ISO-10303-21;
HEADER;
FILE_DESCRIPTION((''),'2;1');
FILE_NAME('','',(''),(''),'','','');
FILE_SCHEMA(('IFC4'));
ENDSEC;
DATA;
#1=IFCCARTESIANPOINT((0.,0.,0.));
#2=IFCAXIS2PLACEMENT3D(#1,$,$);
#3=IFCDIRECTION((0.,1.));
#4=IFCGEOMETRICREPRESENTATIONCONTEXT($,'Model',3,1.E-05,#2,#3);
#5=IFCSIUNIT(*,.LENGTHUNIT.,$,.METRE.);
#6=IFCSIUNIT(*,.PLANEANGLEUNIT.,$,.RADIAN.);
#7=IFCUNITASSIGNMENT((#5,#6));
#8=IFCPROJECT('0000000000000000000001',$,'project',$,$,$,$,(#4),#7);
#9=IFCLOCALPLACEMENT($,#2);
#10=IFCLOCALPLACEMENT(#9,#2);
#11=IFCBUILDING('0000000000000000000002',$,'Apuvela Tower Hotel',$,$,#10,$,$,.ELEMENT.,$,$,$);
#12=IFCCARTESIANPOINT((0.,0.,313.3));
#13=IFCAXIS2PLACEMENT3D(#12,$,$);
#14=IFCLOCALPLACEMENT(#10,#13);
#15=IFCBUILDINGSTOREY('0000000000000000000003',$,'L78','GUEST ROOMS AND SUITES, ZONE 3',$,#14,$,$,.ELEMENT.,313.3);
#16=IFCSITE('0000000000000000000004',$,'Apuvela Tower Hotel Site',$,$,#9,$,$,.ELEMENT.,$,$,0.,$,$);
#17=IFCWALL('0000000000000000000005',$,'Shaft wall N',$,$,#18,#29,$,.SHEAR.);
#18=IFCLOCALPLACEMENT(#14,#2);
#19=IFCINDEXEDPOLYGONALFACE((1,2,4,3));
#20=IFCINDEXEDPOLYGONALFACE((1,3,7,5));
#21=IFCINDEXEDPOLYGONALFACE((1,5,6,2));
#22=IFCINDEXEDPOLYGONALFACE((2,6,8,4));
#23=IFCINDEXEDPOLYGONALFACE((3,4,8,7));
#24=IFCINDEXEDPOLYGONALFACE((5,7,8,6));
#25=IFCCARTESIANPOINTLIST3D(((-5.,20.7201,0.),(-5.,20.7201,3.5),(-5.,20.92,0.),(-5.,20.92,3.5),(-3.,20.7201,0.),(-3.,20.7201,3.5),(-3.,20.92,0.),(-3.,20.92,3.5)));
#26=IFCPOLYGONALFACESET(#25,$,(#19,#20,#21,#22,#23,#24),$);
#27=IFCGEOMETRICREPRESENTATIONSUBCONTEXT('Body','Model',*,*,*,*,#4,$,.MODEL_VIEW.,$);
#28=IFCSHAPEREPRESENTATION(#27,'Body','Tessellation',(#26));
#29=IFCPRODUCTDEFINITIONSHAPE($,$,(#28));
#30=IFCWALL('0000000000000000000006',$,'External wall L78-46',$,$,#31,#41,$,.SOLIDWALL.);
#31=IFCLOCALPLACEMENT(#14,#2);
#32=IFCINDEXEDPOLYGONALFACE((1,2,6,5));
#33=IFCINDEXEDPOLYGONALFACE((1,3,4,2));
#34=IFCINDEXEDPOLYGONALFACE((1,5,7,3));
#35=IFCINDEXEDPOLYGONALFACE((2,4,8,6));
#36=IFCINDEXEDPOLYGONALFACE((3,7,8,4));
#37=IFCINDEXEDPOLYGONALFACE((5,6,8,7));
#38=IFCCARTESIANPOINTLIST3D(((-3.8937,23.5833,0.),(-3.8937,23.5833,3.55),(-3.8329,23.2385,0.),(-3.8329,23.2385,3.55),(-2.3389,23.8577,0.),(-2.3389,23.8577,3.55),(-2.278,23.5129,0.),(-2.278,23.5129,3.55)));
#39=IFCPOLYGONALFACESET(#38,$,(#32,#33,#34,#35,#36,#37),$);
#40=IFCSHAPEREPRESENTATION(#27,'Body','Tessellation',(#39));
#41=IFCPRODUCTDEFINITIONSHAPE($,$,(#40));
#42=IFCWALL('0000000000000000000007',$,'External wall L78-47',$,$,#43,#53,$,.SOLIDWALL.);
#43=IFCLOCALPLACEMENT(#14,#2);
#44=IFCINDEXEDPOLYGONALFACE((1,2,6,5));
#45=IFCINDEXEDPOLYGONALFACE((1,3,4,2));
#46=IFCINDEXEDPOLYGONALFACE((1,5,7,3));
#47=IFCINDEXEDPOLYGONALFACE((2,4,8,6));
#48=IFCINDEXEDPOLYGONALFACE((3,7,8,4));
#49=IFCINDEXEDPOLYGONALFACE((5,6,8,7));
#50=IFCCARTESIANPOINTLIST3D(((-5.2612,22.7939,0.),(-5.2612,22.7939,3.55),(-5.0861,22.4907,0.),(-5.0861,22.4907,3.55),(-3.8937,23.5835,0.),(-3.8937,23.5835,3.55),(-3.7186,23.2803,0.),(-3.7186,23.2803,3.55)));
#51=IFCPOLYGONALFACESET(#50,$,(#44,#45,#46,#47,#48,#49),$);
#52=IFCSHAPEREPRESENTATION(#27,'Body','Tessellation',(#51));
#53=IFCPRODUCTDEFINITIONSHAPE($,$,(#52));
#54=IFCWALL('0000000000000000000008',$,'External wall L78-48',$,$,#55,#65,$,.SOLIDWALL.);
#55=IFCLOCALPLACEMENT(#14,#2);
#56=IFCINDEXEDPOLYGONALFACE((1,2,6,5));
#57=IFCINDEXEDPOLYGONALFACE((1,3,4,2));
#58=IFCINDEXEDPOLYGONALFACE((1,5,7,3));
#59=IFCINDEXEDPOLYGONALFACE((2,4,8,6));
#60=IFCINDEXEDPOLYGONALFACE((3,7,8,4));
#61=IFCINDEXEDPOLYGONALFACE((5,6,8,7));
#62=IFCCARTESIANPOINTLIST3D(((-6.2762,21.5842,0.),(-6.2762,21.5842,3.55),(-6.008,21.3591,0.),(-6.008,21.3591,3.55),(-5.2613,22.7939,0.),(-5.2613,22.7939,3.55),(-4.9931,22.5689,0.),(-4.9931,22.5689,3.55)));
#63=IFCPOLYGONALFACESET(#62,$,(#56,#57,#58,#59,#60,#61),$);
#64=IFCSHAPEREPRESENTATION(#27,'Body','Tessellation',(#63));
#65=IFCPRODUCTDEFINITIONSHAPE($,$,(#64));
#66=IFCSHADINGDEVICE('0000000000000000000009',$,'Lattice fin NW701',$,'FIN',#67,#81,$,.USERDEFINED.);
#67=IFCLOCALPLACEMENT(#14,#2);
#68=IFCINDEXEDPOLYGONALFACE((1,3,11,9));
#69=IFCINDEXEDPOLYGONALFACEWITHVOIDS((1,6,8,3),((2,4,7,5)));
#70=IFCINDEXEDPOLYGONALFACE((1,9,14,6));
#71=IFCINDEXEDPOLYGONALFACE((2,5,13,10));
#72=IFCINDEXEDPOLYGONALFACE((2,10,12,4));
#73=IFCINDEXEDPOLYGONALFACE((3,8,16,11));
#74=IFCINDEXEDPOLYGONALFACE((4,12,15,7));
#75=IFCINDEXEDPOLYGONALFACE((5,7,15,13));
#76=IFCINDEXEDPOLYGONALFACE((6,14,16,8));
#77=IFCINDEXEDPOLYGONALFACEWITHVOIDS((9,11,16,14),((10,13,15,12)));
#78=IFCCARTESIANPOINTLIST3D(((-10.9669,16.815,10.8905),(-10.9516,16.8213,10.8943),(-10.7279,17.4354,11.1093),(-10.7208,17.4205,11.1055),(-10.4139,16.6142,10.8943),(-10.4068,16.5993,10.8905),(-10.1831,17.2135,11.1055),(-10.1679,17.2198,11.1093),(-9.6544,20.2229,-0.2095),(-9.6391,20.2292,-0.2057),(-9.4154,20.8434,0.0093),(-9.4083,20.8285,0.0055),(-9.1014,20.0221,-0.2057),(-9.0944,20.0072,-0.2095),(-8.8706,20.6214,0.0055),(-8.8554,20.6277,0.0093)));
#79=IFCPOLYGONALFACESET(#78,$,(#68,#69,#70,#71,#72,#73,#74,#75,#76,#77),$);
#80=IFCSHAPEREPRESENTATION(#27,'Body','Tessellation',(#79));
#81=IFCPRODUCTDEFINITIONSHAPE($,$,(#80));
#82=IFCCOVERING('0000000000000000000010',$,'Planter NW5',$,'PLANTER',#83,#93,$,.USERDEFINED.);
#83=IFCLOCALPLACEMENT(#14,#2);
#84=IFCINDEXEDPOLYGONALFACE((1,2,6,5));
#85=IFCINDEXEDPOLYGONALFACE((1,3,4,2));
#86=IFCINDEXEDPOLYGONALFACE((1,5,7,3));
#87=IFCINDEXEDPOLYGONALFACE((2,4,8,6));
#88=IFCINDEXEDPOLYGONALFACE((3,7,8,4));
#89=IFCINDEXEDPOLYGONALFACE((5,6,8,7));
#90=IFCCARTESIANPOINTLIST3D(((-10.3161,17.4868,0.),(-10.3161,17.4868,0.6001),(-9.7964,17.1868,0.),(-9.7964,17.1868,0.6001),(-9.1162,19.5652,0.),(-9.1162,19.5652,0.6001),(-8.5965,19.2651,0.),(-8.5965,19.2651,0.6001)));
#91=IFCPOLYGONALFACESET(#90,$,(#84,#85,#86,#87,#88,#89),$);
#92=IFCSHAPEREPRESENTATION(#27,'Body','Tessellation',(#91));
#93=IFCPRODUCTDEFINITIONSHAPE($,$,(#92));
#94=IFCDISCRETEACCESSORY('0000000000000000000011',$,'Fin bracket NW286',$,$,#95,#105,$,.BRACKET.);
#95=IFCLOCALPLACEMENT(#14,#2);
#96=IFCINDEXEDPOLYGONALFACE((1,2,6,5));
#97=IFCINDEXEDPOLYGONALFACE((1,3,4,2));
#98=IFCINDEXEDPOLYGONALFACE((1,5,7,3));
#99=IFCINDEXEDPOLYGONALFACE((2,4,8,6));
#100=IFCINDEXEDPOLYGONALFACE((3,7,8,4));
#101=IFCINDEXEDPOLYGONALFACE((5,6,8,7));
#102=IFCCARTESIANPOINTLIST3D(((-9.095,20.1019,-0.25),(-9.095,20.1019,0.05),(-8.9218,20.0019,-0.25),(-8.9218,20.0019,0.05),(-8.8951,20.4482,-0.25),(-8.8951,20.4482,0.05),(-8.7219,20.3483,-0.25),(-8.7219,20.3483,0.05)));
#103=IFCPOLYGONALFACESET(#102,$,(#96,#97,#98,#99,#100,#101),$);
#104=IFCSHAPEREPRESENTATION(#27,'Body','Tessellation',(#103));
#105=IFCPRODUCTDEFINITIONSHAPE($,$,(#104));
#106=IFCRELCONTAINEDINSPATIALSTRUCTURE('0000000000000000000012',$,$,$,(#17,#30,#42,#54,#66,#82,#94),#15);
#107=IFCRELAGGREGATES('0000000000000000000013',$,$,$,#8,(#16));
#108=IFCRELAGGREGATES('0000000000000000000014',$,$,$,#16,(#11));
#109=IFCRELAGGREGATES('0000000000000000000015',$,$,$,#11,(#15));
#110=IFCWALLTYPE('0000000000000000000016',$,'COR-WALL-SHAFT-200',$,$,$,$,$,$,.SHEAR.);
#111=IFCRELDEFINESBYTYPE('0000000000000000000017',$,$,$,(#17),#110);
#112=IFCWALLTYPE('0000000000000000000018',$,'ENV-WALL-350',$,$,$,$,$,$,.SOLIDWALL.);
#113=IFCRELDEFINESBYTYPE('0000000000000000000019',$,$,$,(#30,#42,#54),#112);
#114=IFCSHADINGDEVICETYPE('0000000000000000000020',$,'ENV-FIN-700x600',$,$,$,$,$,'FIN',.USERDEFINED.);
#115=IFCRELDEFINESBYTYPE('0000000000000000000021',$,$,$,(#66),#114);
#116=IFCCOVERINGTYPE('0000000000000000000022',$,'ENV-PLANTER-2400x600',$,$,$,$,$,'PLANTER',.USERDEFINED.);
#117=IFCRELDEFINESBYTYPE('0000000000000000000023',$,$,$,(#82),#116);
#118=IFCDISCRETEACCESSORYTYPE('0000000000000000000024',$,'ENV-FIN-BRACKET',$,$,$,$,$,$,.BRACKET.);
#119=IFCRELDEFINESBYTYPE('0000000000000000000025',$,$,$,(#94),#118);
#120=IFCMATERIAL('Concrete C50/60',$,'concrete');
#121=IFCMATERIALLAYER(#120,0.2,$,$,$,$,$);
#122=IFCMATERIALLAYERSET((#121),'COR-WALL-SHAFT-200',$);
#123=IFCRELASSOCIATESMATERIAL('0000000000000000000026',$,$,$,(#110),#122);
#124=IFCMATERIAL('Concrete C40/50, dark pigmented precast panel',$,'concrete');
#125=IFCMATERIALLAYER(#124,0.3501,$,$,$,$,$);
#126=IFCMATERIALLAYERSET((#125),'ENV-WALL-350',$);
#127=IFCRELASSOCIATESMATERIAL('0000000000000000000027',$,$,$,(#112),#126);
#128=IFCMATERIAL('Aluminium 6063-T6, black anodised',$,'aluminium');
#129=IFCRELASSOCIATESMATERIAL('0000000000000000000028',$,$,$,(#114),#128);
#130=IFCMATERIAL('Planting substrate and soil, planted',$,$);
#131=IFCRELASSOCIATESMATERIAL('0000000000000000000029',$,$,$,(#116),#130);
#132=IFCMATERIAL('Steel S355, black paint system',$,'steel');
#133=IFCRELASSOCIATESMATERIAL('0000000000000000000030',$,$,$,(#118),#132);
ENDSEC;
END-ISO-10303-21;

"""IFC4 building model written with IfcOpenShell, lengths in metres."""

from ifc_helpers import new_model, si_unit, direction, frame, frame_2d, origin, origin_2d, place, context, subcontext, project, spatial, rectangle, hollow_rectangle, extrude, material, layer, layer_set, material_profile, profile_set, type_object, element, save


model = new_model("IFC4")

# Units and contexts
model_context = context("Model", 3, precision=1e-05, world=origin(), true_north=direction((0.0, 1.0)))
body_context = subcontext(model_context, "Body", "Model", "MODEL_VIEW")
ifc_project = project(units=[si_unit("LENGTHUNIT", "METRE"), si_unit("PLANEANGLEUNIT", "RADIAN")], contexts=[model_context])

# Site, building, storey
site_placement = place(None, origin())
site = spatial("IfcSite", under=ifc_project, at=site_placement, Name="Apuvela Tower Hotel Site", CompositionType="ELEMENT", RefElevation=0.0)
building_placement = place(site_placement, origin())
building = spatial("IfcBuilding", under=site, at=building_placement, Name="Apuvela Tower Hotel", CompositionType="ELEMENT")
storey_placement = place(building_placement, frame((0.0, 0.0, 313.3)))
storey = spatial("IfcBuildingStorey", under=building, at=storey_placement, Name="L78", Description="GUEST ROOMS AND SUITES, ZONE 3", CompositionType="ELEMENT", Elevation=313.3)

# Shared definitions
ifc_material_1 = material(Name="Concrete C50/60", Category="concrete")
ifc_layer_1 = layer(ifc_material_1, 0.2)
ifc_layer_set_1 = layer_set([ifc_layer_1], Name="COR-WALL-SHAFT-200")
wall_type_1 = type_object("IfcWallType", Name="COR-WALL-SHAFT-200", PredefinedType="SHEAR", material=ifc_layer_set_1)

# Wall
for number, where, z_axis, x_axis, name in (
    (1, (-3.0, 20.8201, 0.0), (0.0, 0.0, 1.0), (-1.0, 0.0, 0.0), "Shaft wall N"),
):
    element("IfcWall", number, at=place(storey_placement, frame(where, z_axis=z_axis, x_axis=x_axis)), inside=storey, type_object=wall_type_1, Name=name, PredefinedType="SHEAR", context=body_context, shape_type="SweptSolid", body=[
        extrude(rectangle(XDim=2.0, YDim=0.2, at=frame_2d((1.0, 0.0))), origin(), (0.0, 0.0, 1.0), 3.5),
    ])

# Shared definitions
ifc_material_2 = material(Name="Concrete C40/50, dark pigmented precast panel", Category="concrete")
ifc_layer_2 = layer(ifc_material_2, 0.3501)
ifc_layer_set_2 = layer_set([ifc_layer_2], Name="ENV-WALL-350")
wall_type_2 = type_object("IfcWallType", Name="ENV-WALL-350", PredefinedType="SOLIDWALL", material=ifc_layer_set_2)

# Walls
wall_1_placement = place(storey_placement, frame((-2.3083, 23.6853, 0.0), z_axis=(0.0, 0.0, 1.0), x_axis=(-0.984782, -0.173794, 0.0)))
element("IfcWall", 2, at=wall_1_placement, inside=storey, type_object=wall_type_2, Name="External wall L78-46", PredefinedType="SOLIDWALL", context=body_context, shape_type="SweptSolid", body=[
    extrude(rectangle(XDim=1.5789, YDim=0.3501, at=frame_2d((0.7896, 0.0))), origin(), (0.0, 0.0, 1.0), 3.55),
])
for number, where, z_axis, x_axis, name in (
    (3, (-3.8062, 23.4319, 0.0), (0.0, 0.0, 1.0), (-0.866008, -0.50003, 0.0), "External wall L78-47"),
    (4, (-5.1272, 22.6814, 0.0), (0.0, 0.0, 1.0), (-0.642721, -0.766101, 0.0), "External wall L78-48"),
):
    element("IfcWall", number, at=place(storey_placement, frame(where, z_axis=z_axis, x_axis=x_axis)), inside=storey, type_object=wall_type_2, Name=name, PredefinedType="SOLIDWALL", context=body_context, shape_type="SweptSolid", body=[
        extrude(rectangle(XDim=1.5791, YDim=0.3501, at=frame_2d((0.7896, 0.0))), origin(), (0.0, 0.0, 1.0), 3.55),
    ])

# Shading device
ifc_material_3 = material(Name="Aluminium 6063-T6, black anodised", Category="aluminium")
ifc_material_profile_1 = material_profile(ifc_material_3, hollow_rectangle(XDim=0.6001, YDim=0.7, WallThickness=0.012, at=origin_2d()), Name="AL BOX 700x600x12")
ifc_profile_set_1 = profile_set([ifc_material_profile_1], Name="Aluminium 6063-T6, black anodised")
shading_device_type = type_object("IfcShadingDeviceType", Name="ENV-FIN-700x600", ElementType="FIN", PredefinedType="USERDEFINED", material=ifc_profile_set_1)
shading_device_placement = place(storey_placement, frame((-9.2549, 20.4253, -0.1001), z_axis=(-0.112319, -0.291642, 0.94991), x_axis=(0.933185, -0.359396, 0.0)))
element("IfcShadingDevice", 5, at=shading_device_placement, inside=storey, type_object=shading_device_type, Name="Lattice fin NW701", ObjectType="FIN", PredefinedType="USERDEFINED", context=body_context, shape_type="SweptSolid", body=[
    extrude(hollow_rectangle(XDim=0.6001, YDim=0.7, WallThickness=0.012, at=origin_2d()), origin(), (0.0, 0.0, 1.0), 11.6853),
])

# Covering
ifc_material_4 = material(Name="Planting substrate and soil, planted")
covering_type = type_object("IfcCoveringType", Name="ENV-PLANTER-2400x600", ElementType="PLANTER", PredefinedType="USERDEFINED", material=ifc_material_4)
covering_placement = place(storey_placement, frame((-9.4563, 18.376, 0.0), z_axis=(0.0, 0.0, 1.0), x_axis=(-0.5, -0.866025, 0.0)))
element("IfcCovering", 6, at=covering_placement, inside=storey, type_object=covering_type, Name="Planter NW5", ObjectType="PLANTER", PredefinedType="USERDEFINED", context=body_context, shape_type="SweptSolid", body=[
    extrude(rectangle(XDim=2.3999, YDim=0.6001, at=origin_2d()), origin(), (0.0, 0.0, 1.0), 0.6001),
])

# Discrete accessory
ifc_material_5 = material(Name="Steel S355, black paint system", Category="steel")
discrete_accessory_type = type_object("IfcDiscreteAccessoryType", Name="ENV-FIN-BRACKET", PredefinedType="BRACKET", material=ifc_material_5)
discrete_accessory_placement = place(storey_placement, frame((-8.9084, 20.2251, -0.25), z_axis=(0.0, 0.0, 1.0), x_axis=(-0.5, -0.866025, 0.0)))
element("IfcDiscreteAccessory", 7, at=discrete_accessory_placement, inside=storey, type_object=discrete_accessory_type, Name="Fin bracket NW286", PredefinedType="BRACKET", context=body_context, shape_type="SweptSolid", body=[
    extrude(rectangle(XDim=0.3999, YDim=0.2, at=origin_2d()), origin(), (0.0, 0.0, 1.0), 0.3),
])

save(model, "model.ifc")
